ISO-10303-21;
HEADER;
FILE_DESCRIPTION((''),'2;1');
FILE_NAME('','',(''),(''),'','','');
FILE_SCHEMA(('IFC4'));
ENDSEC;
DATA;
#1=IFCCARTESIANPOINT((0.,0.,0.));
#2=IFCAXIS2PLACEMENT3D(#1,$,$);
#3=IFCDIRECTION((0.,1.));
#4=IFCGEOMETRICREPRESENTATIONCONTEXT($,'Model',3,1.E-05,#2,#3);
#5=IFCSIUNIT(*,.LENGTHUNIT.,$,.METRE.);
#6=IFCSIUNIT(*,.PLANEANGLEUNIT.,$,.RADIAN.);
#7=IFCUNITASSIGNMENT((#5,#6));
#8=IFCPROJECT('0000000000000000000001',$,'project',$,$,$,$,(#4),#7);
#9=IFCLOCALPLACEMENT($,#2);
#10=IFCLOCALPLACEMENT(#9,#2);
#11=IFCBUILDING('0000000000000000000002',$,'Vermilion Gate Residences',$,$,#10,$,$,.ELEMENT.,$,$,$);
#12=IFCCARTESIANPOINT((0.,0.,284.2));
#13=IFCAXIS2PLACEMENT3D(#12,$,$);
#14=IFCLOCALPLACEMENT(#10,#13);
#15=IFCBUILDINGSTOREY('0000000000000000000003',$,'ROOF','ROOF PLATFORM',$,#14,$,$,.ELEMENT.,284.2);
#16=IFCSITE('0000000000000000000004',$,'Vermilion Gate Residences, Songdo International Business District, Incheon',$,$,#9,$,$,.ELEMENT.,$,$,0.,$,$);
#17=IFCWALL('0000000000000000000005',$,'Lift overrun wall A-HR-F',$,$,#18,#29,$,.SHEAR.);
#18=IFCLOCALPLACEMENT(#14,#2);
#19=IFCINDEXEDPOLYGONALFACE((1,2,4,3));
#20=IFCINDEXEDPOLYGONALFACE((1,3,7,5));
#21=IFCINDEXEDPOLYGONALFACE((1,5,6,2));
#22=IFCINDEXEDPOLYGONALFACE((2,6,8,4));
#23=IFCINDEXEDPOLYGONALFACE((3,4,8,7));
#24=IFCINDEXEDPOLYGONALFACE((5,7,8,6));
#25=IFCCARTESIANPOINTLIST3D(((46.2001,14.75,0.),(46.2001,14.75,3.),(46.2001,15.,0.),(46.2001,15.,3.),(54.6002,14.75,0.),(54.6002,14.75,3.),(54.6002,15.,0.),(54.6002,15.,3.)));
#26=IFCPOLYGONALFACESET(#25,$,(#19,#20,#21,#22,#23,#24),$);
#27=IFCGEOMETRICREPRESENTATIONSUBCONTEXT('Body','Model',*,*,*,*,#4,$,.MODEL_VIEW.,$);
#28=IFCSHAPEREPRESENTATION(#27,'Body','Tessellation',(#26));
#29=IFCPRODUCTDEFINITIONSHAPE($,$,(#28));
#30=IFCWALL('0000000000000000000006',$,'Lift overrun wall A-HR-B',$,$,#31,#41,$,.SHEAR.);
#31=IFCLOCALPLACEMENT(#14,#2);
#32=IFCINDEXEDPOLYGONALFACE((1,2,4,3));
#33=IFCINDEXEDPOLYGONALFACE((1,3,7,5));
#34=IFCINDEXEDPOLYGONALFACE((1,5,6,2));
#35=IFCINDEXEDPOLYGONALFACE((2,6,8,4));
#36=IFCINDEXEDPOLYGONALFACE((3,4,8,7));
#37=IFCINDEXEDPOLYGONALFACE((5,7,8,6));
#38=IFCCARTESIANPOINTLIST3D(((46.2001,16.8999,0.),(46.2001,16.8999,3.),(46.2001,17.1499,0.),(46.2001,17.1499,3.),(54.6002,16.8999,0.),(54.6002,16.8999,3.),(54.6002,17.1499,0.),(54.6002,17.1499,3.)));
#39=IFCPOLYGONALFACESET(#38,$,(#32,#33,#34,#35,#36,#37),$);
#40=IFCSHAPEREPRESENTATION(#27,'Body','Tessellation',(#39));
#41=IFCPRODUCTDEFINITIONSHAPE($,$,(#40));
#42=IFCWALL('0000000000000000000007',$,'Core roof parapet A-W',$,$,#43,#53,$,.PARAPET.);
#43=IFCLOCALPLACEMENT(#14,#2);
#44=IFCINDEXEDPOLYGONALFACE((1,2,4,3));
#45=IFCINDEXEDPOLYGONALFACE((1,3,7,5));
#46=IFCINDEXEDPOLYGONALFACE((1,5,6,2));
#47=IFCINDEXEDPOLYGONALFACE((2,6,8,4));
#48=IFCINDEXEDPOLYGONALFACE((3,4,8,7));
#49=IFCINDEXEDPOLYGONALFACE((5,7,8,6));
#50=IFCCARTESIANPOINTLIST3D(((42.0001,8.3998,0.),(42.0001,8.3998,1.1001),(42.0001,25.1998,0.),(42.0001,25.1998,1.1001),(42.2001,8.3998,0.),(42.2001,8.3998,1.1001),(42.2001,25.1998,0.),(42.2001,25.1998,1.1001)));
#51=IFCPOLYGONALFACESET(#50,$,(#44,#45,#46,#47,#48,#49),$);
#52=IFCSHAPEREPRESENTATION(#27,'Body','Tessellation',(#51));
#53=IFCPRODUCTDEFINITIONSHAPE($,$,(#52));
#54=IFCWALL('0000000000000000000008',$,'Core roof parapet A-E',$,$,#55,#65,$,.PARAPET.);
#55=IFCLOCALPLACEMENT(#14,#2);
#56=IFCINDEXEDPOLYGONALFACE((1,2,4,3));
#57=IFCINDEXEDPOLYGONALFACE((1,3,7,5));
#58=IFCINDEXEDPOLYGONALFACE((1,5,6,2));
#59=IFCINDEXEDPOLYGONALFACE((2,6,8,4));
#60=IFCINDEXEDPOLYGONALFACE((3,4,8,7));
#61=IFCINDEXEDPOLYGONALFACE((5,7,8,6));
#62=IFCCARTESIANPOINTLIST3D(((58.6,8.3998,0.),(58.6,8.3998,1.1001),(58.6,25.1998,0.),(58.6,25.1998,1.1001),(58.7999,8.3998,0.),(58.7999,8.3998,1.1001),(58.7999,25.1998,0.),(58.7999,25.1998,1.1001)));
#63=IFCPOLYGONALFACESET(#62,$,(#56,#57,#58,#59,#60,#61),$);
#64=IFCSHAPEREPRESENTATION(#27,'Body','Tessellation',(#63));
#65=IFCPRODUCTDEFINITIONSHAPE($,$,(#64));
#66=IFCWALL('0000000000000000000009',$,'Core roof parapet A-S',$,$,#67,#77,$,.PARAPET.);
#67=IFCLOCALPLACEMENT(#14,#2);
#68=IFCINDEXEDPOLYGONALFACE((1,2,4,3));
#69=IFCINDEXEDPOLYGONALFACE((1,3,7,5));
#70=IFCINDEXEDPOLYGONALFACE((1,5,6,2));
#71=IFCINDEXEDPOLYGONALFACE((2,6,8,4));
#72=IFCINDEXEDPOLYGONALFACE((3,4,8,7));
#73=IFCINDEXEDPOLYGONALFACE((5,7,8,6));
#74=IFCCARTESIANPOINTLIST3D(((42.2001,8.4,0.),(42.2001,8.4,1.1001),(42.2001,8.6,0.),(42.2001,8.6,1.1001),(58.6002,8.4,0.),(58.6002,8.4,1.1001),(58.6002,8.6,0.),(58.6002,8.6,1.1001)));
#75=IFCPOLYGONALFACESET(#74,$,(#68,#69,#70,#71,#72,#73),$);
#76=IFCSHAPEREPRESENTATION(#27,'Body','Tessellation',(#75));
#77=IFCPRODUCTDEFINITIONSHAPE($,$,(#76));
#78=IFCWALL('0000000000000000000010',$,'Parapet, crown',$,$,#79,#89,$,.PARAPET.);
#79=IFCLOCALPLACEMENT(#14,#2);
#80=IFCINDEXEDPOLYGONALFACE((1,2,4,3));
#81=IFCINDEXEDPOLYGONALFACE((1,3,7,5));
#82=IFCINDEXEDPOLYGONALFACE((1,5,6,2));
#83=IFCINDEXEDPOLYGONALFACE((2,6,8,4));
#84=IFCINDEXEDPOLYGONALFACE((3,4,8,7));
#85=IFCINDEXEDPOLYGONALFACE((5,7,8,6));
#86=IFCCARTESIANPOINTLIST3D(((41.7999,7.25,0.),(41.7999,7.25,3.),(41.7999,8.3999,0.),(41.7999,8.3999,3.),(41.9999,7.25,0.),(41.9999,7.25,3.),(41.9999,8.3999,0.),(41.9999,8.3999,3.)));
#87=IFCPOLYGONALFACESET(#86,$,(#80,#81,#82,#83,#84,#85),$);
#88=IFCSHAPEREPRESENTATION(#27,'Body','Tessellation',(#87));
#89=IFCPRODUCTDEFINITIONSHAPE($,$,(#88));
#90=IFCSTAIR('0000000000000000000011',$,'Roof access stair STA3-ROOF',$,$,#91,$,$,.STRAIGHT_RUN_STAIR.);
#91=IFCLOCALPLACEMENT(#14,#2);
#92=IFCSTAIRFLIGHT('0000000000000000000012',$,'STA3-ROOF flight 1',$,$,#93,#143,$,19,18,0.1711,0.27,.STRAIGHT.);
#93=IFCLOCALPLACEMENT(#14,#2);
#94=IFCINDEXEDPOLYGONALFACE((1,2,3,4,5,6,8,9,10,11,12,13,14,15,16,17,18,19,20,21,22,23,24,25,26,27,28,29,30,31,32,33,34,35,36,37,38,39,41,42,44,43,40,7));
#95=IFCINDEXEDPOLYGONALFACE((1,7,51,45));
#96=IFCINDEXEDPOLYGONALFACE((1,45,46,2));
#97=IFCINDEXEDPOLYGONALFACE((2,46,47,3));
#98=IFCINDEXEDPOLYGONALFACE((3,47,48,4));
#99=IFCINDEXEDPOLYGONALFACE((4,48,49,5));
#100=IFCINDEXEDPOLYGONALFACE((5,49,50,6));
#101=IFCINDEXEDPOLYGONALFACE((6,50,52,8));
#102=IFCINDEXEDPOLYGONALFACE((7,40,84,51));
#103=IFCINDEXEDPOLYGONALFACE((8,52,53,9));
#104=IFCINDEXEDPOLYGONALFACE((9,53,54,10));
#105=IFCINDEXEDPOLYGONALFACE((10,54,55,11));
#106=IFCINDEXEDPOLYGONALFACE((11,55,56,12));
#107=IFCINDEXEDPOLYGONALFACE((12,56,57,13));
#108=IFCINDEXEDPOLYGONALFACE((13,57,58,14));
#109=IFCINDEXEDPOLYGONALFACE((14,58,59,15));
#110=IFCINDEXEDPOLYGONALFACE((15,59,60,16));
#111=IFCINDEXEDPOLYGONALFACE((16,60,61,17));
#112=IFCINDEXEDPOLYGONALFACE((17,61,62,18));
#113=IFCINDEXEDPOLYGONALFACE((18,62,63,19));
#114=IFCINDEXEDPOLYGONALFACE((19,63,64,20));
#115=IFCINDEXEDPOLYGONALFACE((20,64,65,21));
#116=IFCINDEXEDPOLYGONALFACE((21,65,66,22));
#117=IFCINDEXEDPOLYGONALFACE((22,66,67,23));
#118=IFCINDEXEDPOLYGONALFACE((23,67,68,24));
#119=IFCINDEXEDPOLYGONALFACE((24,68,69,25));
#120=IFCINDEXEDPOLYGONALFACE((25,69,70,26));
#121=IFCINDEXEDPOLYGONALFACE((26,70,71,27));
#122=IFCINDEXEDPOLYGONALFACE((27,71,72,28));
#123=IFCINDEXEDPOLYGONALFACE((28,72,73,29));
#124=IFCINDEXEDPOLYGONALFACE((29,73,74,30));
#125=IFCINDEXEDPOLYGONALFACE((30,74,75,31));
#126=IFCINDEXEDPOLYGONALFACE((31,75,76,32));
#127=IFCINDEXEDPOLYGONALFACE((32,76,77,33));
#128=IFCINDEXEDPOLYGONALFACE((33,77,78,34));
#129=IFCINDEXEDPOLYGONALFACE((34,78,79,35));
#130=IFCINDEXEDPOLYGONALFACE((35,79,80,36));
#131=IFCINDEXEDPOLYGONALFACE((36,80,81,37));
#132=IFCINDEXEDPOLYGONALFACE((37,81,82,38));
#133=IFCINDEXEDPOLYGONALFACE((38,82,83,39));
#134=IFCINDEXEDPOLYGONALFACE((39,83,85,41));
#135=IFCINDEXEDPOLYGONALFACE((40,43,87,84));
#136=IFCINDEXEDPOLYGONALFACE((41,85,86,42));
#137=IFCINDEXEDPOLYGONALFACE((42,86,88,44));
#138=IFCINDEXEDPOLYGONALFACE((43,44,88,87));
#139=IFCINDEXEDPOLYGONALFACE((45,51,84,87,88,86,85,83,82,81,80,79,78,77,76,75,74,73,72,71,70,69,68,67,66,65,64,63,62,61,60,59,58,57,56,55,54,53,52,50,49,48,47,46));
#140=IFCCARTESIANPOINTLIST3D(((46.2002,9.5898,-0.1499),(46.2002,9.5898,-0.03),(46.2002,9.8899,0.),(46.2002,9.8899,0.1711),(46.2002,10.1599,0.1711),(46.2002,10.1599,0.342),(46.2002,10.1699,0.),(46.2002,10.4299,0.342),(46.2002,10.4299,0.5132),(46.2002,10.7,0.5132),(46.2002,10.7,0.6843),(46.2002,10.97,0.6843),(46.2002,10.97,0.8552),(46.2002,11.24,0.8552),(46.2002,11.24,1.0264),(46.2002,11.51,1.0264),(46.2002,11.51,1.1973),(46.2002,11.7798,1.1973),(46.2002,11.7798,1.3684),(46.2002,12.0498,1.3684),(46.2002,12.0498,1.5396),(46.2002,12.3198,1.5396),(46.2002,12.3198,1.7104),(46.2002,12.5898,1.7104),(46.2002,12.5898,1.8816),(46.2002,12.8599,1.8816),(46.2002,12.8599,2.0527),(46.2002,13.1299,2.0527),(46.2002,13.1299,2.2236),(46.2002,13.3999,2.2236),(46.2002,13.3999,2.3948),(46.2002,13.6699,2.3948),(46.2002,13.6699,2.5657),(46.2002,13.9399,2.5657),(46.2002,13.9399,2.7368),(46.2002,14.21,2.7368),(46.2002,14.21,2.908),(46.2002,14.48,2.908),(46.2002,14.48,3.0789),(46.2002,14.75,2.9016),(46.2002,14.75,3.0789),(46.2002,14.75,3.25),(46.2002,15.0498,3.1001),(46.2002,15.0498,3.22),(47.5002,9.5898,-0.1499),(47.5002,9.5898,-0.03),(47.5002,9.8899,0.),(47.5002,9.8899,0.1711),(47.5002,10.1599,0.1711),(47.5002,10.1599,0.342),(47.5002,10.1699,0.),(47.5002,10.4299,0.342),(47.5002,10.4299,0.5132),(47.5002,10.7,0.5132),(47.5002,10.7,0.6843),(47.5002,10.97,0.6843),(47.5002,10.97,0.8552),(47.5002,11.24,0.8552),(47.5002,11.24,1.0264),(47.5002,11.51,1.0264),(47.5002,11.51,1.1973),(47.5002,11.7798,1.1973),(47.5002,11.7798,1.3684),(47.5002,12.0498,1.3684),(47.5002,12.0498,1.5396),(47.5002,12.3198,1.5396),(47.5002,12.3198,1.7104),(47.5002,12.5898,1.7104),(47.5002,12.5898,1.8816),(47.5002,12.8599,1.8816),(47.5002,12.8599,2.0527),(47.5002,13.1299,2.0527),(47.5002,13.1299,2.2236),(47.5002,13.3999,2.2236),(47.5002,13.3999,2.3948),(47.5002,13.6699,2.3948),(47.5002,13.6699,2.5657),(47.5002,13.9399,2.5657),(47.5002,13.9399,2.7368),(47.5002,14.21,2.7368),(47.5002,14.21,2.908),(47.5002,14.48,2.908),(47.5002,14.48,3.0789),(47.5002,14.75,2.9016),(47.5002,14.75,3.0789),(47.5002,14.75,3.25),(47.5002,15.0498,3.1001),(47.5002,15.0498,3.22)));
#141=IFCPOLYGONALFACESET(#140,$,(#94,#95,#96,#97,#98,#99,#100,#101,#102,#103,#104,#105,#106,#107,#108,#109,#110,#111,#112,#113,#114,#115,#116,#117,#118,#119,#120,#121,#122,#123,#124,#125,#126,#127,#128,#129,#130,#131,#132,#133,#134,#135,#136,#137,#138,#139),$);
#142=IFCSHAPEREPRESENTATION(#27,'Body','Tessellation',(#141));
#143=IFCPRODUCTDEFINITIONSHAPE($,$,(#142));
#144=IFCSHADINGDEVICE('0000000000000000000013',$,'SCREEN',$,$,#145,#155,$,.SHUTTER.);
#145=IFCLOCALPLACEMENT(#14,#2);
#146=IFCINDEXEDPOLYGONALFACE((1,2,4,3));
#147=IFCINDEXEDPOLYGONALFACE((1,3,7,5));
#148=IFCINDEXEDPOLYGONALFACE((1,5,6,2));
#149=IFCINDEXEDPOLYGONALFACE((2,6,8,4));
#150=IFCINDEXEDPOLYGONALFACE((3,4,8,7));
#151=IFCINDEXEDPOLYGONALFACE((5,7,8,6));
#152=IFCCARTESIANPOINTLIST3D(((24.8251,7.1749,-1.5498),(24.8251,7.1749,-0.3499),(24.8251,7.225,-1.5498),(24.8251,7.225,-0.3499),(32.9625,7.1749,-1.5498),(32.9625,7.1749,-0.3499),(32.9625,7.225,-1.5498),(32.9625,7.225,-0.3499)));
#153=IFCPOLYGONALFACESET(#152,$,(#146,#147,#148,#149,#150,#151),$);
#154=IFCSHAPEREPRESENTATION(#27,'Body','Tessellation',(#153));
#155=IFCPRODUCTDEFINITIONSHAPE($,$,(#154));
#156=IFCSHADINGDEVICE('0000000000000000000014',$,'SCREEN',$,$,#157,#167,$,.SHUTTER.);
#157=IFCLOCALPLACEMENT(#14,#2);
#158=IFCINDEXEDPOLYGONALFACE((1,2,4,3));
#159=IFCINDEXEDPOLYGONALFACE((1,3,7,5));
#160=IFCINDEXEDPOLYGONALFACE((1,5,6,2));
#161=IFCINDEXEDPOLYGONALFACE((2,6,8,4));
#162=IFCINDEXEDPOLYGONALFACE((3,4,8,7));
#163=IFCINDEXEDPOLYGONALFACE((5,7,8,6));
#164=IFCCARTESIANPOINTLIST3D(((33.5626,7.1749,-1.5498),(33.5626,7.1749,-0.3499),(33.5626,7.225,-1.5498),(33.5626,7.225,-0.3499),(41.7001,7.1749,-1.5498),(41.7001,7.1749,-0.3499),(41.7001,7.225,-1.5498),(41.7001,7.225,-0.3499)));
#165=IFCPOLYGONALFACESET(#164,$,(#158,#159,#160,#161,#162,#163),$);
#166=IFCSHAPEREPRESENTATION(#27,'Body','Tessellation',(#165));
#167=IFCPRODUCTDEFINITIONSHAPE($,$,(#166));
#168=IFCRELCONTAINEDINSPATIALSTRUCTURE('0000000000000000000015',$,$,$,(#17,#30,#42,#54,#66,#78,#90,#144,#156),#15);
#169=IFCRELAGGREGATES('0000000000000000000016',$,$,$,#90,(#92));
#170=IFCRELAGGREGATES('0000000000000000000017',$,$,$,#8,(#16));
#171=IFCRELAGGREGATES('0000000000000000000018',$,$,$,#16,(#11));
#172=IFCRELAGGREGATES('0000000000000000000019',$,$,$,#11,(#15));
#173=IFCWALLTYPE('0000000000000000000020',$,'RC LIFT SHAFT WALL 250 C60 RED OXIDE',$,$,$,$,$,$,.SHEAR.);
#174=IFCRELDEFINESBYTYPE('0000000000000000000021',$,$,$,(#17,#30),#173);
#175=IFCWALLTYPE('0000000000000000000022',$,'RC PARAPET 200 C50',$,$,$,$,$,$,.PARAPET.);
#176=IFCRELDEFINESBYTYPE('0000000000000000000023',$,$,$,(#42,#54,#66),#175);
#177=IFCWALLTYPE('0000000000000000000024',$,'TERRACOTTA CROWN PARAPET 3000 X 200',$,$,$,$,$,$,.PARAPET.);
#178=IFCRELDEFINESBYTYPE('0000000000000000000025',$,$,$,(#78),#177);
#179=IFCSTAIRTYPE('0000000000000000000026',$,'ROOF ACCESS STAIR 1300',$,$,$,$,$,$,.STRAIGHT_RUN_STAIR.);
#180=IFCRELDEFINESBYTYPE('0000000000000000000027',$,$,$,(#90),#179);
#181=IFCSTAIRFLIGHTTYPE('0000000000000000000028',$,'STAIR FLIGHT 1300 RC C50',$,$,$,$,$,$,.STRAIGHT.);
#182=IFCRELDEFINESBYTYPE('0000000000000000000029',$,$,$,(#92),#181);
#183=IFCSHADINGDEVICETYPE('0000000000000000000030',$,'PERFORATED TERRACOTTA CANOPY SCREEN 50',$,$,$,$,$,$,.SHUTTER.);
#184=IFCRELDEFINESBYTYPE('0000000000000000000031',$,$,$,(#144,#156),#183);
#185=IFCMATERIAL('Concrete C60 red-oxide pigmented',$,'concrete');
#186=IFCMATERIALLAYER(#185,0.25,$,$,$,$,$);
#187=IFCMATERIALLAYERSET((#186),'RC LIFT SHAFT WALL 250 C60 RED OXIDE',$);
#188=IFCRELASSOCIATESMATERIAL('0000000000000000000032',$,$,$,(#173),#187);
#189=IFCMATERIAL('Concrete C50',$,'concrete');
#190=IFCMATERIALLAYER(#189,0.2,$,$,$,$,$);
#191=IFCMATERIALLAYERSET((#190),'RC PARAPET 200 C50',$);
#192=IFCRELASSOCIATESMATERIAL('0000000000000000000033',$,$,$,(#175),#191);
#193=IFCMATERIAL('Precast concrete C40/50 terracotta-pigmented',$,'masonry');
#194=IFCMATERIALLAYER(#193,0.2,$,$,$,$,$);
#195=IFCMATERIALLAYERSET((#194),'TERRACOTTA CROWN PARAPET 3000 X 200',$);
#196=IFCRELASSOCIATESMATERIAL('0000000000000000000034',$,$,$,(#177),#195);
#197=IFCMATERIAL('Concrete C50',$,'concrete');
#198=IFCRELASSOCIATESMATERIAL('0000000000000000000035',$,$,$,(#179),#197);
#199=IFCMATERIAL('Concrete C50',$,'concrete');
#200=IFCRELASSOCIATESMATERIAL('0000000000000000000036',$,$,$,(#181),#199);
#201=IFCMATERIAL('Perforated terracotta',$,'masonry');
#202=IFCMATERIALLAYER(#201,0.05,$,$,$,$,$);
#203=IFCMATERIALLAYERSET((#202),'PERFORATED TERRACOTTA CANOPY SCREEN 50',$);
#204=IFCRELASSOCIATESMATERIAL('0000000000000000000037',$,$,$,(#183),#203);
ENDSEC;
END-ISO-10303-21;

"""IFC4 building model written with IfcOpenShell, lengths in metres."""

from ifc_helpers import new_model, si_unit, direction, frame, frame_2d, origin, origin_2d, place, context, subcontext, project, spatial, polyline, rectangle, outline, extrude, material, layer, layer_set, type_object, element, aggregate, save


model = new_model("IFC4")

# Units and contexts
model_context = context("Model", 3, precision=1e-05, world=origin(), true_north=direction((0.0, 1.0)))
body_context = subcontext(model_context, "Body", "Model", "MODEL_VIEW")
ifc_project = project(units=[si_unit("LENGTHUNIT", "METRE"), si_unit("PLANEANGLEUNIT", "RADIAN")], contexts=[model_context])

# Site, building, storey
site_placement = place(None, origin())
site = spatial("IfcSite", under=ifc_project, at=site_placement, Name="Vermilion Gate Residences, Songdo International Business District, Incheon", CompositionType="ELEMENT", RefElevation=0.0)
building_placement = place(site_placement, origin())
building = spatial("IfcBuilding", under=site, at=building_placement, Name="Vermilion Gate Residences", CompositionType="ELEMENT")
storey_placement = place(building_placement, frame((0.0, 0.0, 284.2)))
storey = spatial("IfcBuildingStorey", under=building, at=storey_placement, Name="ROOF", Description="ROOF PLATFORM", CompositionType="ELEMENT", Elevation=284.2)

# Walls
ifc_material_1 = material(Name="Concrete C60 red-oxide pigmented", Category="concrete")
ifc_layer_1 = layer(ifc_material_1, 0.25)
ifc_layer_set_1 = layer_set([ifc_layer_1], Name="RC LIFT SHAFT WALL 250 C60 RED OXIDE")
wall_type_1 = type_object("IfcWallType", Name="RC LIFT SHAFT WALL 250 C60 RED OXIDE", PredefinedType="SHEAR", material=ifc_layer_set_1)
for number, where, z_axis, x_axis, name in (
    (1, (46.2, 14.875, 0.0), (0.0, 0.0, 1.0), (1.0, 0.0, 0.0), "Lift overrun wall A-HR-F"),
    (2, (46.2, 17.0249, 0.0), (0.0, 0.0, 1.0), (1.0, 0.0, 0.0), "Lift overrun wall A-HR-B"),
):
    element("IfcWall", number, at=place(storey_placement, frame(where, z_axis=z_axis, x_axis=x_axis)), inside=storey, type_object=wall_type_1, Name=name, PredefinedType="SHEAR", context=body_context, shape_type="SweptSolid", body=[
        extrude(rectangle(XDim=8.4001, YDim=0.25, at=frame_2d((4.2002, 0.0))), origin(), (0.0, 0.0, 1.0), 3.0),
    ])
ifc_material_2 = material(Name="Concrete C50", Category="concrete")
ifc_layer_2 = layer(ifc_material_2, 0.2)
ifc_layer_set_2 = layer_set([ifc_layer_2], Name="RC PARAPET 200 C50")
wall_type_2 = type_object("IfcWallType", Name="RC PARAPET 200 C50", PredefinedType="PARAPET", material=ifc_layer_set_2)
for number, where, z_axis, x_axis, name in (
    (3, (42.1001, 8.3999, 0.0), (0.0, 0.0, 1.0), (0.0, 1.0, 0.0), "Core roof parapet A-W"),
    (4, (58.7, 8.3999, 0.0), (0.0, 0.0, 1.0), (0.0, 1.0, 0.0), "Core roof parapet A-E"),
):
    element("IfcWall", number, at=place(storey_placement, frame(where, z_axis=z_axis, x_axis=x_axis)), inside=storey, type_object=wall_type_2, Name=name, PredefinedType="PARAPET", context=body_context, shape_type="SweptSolid", body=[
        extrude(rectangle(XDim=16.8, YDim=0.2, at=frame_2d((8.3999, 0.0))), origin(), (0.0, 0.0, 1.0), 1.1001),
    ])
wall_1_placement = place(storey_placement, frame((42.2, 8.5, 0.0), z_axis=(0.0, 0.0, 1.0), x_axis=(1.0, 0.0, 0.0)))
element("IfcWall", 5, at=wall_1_placement, inside=storey, type_object=wall_type_2, Name="Core roof parapet A-S", PredefinedType="PARAPET", context=body_context, shape_type="SweptSolid", body=[
    extrude(rectangle(XDim=16.4001, YDim=0.2, at=frame_2d((8.2002, 0.0))), origin(), (0.0, 0.0, 1.0), 1.1001),
])
ifc_material_3 = material(Name="Precast concrete C40/50 terracotta-pigmented", Category="masonry")
ifc_layer_3 = layer(ifc_material_3, 0.2)
ifc_layer_set_3 = layer_set([ifc_layer_3], Name="TERRACOTTA CROWN PARAPET 3000 X 200")
wall_type_3 = type_object("IfcWallType", Name="TERRACOTTA CROWN PARAPET 3000 X 200", PredefinedType="PARAPET", material=ifc_layer_set_3)
wall_2_placement = place(storey_placement, frame((41.8999, 7.25, 0.0), z_axis=(0.0, 0.0, 1.0), x_axis=(0.0, 1.0, 0.0)))
element("IfcWall", 6, at=wall_2_placement, inside=storey, type_object=wall_type_3, Name="Parapet, crown", PredefinedType="PARAPET", context=body_context, shape_type="SweptSolid", body=[
    extrude(rectangle(XDim=1.1499, YDim=0.2, at=frame_2d((0.575, 0.0))), origin(), (0.0, 0.0, 1.0), 3.0),
])

# Stair, stair flight
ifc_material_4 = material(Name="Concrete C50", Category="concrete")
stair_type = type_object("IfcStairType", Name="ROOF ACCESS STAIR 1300", PredefinedType="STRAIGHT_RUN_STAIR", material=ifc_material_4)
stair_placement = place(storey_placement, origin())
stair = element("IfcStair", 7, at=stair_placement, inside=storey, type_object=stair_type, Name="Roof access stair STA3-ROOF", PredefinedType="STRAIGHT_RUN_STAIR")
ifc_material_5 = material(Name="Concrete C50", Category="concrete")
stair_flight_type = type_object("IfcStairFlightType", Name="STAIR FLIGHT 1300 RC C50", PredefinedType="STRAIGHT", material=ifc_material_5)
stair_flight_placement = place(storey_placement, frame((46.8501, 9.8899, 0.0), z_axis=(0.0, 0.0, 1.0), x_axis=(0.0, 1.0, 0.0)))
stair_flight = element("IfcStairFlight", 8, at=stair_flight_placement, type_object=stair_flight_type, Name="STA3-ROOF flight 1", NumberOfRisers=19, NumberOfTreads=18, PredefinedType="STRAIGHT", RiserHeight=0.1711, TreadLength=0.27, context=body_context, shape_type="SweptSolid", body=[
    extrude(outline(polyline([(-0.3, -0.1499), (-0.3, -0.03), (0.0, 0.0), (0.0, 0.1711), (0.27, 0.1711), (0.27, 0.342), (0.54, 0.342), (0.54, 0.5132), (0.8101, 0.5132), (0.8101, 0.6843), (1.0801, 0.6843), (1.0801, 0.8552), (1.3501, 0.8552), (1.3501, 1.0264), (1.6201, 1.0264), (1.6201, 1.1973), (1.8899, 1.1973), (1.8899, 1.3684), (2.1599, 1.3684), (2.1599, 1.5396), (2.4299, 1.5396), (2.4299, 1.7104), (2.7, 1.7104), (2.7, 1.8816), (2.97, 1.8816), (2.97, 2.0527), (3.24, 2.0527), (3.24, 2.2236), (3.51, 2.2236), (3.51, 2.3948), (3.78, 2.3948), (3.78, 2.5657), (4.05, 2.5657), (4.05, 2.7368), (4.3201, 2.7368), (4.3201, 2.908), (4.5901, 2.908), (4.5901, 3.0789), (4.8601, 3.0789), (4.8601, 3.25), (5.1599, 3.22), (5.1599, 3.1001), (4.8601, 2.9016), (0.28, 0.0), (-0.3, -0.1499)])), frame((0.0, 0.6499, 0.0), z_axis=(0.0, -1.0, 0.0), x_axis=(1.0, 0.0, 0.0)), (0.0, 0.0, 1.0), 1.3),
])
aggregate(stair, [stair_flight])

# Shading devices
ifc_material_6 = material(Name="Perforated terracotta", Category="masonry")
ifc_layer_4 = layer(ifc_material_6, 0.05)
ifc_layer_set_4 = layer_set([ifc_layer_4], Name="PERFORATED TERRACOTTA CANOPY SCREEN 50")
shading_device_type_1 = type_object("IfcShadingDeviceType", Name="PERFORATED TERRACOTTA CANOPY SCREEN 50", PredefinedType="SHUTTER", material=ifc_layer_set_4)
for number, where, z_axis, x_axis, name in (
    (9, (28.8938, 7.2, -1.5498), (0.0, 0.0, 1.0), (1.0, 0.0, 0.0), "SCREEN"),
    (10, (37.6313, 7.2, -1.5498), (0.0, 0.0, 1.0), (1.0, 0.0, 0.0), "SCREEN"),
):
    element("IfcShadingDevice", number, at=place(storey_placement, frame(where, z_axis=z_axis, x_axis=x_axis)), inside=storey, type_object=shading_device_type_1, Name=name, PredefinedType="SHUTTER", context=body_context, shape_type="SweptSolid", body=[
        extrude(rectangle(XDim=8.1375, YDim=0.05, at=origin_2d()), origin(), (0.0, 0.0, 1.0), 1.2),
    ])

save(model, "model.ifc")
